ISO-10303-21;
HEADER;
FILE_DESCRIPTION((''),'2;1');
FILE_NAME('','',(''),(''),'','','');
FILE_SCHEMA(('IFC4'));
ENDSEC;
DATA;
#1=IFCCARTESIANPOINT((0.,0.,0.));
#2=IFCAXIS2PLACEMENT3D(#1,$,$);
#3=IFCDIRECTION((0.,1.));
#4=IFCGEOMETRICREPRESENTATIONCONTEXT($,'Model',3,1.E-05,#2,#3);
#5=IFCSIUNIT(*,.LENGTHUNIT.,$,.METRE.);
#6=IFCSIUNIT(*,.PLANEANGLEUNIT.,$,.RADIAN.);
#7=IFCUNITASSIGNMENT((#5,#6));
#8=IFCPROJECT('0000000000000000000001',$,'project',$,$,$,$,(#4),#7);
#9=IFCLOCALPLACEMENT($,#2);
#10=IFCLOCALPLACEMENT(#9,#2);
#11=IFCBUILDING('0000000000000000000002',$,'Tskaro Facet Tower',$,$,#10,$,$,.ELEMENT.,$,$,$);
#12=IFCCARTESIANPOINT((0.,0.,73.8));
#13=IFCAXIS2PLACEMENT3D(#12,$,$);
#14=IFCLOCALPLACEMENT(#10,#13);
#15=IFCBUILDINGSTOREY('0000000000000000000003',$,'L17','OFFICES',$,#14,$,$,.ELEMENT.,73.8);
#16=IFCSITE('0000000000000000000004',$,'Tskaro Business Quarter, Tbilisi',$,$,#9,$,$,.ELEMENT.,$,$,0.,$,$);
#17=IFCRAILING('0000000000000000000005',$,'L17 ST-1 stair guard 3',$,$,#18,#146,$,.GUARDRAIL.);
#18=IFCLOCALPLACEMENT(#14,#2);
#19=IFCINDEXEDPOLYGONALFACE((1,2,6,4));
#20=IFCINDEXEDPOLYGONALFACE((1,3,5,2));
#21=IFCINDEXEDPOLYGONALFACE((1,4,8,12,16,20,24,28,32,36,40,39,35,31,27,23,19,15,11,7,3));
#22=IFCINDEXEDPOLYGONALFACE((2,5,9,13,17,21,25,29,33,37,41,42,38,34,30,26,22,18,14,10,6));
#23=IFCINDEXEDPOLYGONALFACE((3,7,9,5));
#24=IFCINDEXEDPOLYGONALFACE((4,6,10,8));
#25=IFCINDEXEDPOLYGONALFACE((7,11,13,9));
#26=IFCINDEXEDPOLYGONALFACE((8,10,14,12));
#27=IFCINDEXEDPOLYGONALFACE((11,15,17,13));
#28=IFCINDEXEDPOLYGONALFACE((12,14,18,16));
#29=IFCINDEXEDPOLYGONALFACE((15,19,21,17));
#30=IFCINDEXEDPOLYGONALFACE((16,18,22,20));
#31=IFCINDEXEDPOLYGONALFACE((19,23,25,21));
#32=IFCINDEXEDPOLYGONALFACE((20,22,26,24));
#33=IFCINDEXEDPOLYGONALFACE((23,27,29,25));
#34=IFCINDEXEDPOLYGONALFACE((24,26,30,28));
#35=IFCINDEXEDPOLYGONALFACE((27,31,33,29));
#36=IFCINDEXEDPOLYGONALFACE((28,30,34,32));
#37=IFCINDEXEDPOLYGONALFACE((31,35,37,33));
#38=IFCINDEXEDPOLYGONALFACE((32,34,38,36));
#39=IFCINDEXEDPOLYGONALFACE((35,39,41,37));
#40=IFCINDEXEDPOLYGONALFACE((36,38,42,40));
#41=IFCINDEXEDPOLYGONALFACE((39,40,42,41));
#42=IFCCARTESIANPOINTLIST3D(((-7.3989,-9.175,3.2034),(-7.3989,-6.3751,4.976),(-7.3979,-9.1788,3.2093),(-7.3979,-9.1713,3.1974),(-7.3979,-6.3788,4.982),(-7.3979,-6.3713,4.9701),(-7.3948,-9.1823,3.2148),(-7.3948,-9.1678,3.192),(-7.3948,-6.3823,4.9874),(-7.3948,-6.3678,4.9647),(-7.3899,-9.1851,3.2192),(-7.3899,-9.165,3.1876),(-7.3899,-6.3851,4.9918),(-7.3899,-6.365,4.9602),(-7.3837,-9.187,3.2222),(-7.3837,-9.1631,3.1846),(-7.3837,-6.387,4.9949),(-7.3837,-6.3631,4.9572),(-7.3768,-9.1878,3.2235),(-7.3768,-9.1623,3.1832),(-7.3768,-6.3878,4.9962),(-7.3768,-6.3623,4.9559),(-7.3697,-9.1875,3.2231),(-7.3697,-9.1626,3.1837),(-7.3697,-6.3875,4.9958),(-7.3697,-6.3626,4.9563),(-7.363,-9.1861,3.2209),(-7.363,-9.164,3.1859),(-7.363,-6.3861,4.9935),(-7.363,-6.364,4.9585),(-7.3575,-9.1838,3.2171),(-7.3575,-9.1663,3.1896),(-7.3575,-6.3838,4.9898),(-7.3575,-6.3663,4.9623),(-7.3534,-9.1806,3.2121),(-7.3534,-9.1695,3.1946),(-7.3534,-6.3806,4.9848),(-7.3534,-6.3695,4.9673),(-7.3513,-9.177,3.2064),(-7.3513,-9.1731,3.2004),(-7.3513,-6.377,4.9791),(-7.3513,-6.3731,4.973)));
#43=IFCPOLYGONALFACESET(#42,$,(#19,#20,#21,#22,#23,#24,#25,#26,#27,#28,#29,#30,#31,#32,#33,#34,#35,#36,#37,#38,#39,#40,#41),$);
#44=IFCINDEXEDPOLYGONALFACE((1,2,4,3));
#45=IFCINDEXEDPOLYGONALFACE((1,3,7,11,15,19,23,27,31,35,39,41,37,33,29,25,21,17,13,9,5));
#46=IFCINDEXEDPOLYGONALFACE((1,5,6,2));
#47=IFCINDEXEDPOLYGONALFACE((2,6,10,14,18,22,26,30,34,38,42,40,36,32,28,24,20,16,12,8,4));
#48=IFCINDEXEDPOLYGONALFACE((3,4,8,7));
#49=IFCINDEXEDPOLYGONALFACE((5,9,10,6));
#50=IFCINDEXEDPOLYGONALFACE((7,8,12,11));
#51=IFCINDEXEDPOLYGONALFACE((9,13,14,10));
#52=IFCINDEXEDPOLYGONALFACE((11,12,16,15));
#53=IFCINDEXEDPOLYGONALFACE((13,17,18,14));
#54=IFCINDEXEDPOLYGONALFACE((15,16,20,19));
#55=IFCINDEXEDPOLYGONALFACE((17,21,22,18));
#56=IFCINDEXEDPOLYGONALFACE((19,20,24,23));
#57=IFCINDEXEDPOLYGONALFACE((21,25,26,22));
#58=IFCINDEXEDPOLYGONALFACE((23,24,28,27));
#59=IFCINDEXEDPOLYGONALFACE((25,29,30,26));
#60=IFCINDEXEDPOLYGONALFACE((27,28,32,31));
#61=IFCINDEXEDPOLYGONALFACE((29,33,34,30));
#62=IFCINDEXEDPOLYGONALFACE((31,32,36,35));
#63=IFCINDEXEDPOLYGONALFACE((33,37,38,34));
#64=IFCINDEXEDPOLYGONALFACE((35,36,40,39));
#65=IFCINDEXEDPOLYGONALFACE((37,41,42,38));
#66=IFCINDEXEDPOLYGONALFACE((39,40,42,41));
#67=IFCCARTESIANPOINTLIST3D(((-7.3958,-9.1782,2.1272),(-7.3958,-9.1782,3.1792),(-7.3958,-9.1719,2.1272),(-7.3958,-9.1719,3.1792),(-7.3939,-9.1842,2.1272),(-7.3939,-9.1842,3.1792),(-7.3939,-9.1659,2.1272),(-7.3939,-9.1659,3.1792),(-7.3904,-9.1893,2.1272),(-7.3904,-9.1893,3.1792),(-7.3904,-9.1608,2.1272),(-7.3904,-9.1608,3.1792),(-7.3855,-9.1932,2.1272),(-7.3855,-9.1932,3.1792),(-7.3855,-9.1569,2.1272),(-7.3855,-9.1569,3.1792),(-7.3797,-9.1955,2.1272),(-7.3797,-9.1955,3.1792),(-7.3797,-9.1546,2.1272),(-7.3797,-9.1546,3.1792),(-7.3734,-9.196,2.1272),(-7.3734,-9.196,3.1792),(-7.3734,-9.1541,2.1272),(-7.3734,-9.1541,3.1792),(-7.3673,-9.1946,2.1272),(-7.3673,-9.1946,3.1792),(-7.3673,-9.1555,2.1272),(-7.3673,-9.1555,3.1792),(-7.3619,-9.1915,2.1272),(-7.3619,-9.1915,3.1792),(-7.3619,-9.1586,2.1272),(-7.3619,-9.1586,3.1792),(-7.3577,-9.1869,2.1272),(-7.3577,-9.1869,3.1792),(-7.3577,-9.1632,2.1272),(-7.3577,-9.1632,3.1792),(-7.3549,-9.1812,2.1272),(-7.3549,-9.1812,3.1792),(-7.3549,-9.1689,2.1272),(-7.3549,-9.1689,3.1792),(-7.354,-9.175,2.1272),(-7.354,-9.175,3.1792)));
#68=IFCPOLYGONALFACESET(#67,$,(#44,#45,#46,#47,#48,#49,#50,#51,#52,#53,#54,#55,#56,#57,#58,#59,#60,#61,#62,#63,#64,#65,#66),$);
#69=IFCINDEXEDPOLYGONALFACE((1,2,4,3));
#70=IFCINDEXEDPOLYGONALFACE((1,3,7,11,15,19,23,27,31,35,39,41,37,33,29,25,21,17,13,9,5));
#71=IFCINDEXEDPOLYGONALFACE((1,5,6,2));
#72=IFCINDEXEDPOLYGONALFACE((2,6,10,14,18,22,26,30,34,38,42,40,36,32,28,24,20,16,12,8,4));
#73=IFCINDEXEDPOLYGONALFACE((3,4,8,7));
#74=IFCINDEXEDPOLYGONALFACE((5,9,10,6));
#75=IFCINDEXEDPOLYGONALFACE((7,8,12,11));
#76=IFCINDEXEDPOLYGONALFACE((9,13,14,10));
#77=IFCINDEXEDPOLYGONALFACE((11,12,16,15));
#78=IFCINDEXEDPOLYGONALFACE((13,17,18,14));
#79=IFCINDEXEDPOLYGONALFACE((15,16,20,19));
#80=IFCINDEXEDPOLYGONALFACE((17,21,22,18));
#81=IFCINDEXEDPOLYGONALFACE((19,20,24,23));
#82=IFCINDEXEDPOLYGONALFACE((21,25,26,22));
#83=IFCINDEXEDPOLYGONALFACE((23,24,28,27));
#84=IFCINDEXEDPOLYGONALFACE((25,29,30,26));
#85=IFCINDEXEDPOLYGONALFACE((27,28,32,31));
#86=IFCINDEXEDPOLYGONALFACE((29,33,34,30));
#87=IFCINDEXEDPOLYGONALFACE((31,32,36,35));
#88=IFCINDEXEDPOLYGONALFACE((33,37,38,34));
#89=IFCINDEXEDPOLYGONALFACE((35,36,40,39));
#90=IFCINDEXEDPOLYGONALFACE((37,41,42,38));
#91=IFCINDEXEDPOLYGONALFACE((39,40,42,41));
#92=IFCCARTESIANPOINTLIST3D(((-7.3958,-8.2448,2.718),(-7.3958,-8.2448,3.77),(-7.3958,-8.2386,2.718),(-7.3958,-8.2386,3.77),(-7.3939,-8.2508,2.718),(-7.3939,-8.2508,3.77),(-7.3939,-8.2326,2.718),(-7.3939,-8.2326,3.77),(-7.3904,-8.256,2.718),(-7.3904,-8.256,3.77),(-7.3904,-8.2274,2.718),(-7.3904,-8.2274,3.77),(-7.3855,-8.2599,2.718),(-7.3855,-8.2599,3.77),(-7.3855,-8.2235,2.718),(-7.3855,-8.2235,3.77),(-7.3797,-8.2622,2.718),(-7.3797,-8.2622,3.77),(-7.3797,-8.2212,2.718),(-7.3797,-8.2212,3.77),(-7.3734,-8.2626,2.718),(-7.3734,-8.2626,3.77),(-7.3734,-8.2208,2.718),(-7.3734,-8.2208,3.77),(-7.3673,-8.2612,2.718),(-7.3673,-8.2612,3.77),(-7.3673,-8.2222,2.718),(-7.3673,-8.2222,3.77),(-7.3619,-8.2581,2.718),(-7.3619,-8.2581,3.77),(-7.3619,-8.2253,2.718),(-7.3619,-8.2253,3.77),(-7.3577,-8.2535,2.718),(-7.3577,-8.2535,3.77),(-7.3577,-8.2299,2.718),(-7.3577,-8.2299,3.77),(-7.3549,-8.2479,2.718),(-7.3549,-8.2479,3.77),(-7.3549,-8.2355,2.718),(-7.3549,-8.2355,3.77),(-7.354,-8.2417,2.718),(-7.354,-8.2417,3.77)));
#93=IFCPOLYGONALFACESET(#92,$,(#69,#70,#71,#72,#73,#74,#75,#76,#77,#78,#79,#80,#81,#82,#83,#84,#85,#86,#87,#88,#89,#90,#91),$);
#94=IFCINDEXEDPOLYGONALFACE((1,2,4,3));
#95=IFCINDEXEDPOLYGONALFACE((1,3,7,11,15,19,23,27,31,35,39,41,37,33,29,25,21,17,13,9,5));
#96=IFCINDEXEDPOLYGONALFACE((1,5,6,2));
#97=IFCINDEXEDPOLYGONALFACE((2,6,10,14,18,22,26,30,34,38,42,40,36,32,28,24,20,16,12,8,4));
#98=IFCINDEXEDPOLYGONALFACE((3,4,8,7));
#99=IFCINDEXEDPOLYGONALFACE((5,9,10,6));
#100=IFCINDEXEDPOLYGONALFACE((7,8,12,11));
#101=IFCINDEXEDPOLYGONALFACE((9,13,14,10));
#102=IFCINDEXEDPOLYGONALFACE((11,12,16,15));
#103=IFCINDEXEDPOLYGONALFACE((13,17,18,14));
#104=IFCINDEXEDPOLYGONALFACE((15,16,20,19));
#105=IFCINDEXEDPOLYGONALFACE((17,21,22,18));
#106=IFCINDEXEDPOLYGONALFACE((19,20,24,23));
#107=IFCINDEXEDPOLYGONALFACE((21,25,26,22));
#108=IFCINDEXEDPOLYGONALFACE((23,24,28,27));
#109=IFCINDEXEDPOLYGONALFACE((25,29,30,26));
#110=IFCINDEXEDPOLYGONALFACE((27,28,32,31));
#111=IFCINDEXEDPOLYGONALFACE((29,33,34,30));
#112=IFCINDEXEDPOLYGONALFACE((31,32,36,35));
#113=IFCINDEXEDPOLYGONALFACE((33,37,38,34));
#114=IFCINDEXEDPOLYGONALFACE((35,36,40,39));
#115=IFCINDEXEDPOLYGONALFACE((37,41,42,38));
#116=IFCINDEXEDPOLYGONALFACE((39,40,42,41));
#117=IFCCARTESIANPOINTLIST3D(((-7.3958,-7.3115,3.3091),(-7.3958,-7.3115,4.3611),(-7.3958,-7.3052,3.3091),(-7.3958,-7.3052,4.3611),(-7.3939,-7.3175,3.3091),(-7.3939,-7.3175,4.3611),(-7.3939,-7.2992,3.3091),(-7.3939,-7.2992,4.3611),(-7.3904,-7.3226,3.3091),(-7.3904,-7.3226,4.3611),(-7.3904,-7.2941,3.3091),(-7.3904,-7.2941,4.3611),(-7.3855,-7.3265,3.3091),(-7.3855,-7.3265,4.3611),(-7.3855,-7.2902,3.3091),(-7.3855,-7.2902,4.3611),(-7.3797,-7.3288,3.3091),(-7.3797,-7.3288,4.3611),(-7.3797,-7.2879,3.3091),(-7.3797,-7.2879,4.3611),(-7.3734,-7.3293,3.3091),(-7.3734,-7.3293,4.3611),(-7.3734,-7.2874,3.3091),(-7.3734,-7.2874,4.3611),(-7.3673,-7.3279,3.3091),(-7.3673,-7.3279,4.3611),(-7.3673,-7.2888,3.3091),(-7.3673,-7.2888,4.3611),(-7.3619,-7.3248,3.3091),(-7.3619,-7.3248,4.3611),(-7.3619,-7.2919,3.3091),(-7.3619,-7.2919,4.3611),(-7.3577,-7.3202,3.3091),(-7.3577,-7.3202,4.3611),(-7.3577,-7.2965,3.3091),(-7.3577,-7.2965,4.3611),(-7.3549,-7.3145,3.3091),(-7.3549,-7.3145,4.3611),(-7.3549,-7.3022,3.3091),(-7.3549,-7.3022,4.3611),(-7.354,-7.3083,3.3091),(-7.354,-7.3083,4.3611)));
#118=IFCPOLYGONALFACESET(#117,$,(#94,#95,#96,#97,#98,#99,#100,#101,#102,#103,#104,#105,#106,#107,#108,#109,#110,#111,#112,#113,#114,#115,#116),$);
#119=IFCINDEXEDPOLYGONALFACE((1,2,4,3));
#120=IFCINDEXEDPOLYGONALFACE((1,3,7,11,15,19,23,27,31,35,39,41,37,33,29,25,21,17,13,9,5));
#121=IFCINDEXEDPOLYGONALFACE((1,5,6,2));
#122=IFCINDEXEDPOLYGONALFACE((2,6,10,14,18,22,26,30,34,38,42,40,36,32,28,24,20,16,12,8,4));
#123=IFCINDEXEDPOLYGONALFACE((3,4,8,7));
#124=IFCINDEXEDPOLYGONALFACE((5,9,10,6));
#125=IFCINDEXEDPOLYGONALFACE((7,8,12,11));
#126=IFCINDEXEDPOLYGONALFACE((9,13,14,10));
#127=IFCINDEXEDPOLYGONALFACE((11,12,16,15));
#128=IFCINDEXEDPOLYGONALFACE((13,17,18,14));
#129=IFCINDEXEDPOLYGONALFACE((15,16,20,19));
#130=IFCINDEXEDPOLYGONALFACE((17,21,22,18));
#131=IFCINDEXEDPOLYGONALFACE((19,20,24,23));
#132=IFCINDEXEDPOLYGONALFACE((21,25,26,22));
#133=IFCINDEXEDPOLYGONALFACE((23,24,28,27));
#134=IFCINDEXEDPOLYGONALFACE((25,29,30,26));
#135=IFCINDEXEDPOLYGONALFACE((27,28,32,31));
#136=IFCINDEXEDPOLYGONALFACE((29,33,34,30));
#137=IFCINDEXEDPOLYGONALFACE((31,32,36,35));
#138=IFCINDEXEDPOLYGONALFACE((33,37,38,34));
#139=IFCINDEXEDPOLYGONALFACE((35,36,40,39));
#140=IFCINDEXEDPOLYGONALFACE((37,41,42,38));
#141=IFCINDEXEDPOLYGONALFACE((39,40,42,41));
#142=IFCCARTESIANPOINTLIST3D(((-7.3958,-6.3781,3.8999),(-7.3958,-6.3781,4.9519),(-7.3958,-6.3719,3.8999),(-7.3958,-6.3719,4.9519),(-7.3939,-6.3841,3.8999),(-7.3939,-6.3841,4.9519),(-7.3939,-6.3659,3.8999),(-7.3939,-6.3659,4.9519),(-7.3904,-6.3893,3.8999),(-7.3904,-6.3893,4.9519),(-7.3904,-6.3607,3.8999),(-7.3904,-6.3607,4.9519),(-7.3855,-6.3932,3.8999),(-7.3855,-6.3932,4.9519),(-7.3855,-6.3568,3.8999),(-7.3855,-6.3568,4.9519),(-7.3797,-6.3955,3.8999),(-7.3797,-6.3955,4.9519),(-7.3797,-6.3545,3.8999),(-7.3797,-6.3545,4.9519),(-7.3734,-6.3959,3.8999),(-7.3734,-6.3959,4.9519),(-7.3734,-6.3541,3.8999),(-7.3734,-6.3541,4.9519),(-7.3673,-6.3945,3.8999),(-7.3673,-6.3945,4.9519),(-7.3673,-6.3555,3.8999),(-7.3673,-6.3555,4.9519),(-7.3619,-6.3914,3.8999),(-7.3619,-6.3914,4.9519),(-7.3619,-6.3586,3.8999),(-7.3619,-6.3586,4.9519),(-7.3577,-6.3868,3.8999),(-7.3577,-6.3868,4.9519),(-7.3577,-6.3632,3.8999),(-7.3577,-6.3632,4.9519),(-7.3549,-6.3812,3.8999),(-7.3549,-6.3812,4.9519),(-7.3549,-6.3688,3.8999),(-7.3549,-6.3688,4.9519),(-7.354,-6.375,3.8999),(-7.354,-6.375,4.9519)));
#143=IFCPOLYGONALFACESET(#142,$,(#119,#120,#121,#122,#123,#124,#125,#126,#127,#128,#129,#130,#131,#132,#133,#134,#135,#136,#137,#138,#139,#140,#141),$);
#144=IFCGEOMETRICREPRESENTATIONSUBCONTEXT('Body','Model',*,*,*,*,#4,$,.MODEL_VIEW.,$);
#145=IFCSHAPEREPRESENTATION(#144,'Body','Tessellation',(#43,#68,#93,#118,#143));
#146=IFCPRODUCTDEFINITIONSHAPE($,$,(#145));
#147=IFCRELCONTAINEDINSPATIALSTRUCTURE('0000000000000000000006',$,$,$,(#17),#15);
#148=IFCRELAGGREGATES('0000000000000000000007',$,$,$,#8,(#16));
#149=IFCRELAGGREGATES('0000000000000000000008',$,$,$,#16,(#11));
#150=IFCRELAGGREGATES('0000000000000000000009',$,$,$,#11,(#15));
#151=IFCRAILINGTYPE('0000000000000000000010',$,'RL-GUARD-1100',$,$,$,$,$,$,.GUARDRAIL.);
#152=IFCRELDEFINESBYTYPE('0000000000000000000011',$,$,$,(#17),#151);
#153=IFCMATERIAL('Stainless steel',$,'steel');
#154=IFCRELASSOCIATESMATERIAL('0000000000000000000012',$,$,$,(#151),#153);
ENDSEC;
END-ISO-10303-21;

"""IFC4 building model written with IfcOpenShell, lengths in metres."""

from ifc_helpers import new_model, si_unit, direction, frame, origin, origin_2d, place, context, subcontext, project, spatial, circle, extrude, material, type_object, element, save


model = new_model("IFC4")

# Units and contexts
model_context = context("Model", 3, precision=1e-05, world=origin(), true_north=direction((0.0, 1.0)))
body_context = subcontext(model_context, "Body", "Model", "MODEL_VIEW")
ifc_project = project(units=[si_unit("LENGTHUNIT", "METRE"), si_unit("PLANEANGLEUNIT", "RADIAN")], contexts=[model_context])

# Site, building, storey
site_placement = place(None, origin())
site = spatial("IfcSite", under=ifc_project, at=site_placement, Name="Tskaro Business Quarter, Tbilisi", CompositionType="ELEMENT", RefElevation=0.0)
building_placement = place(site_placement, origin())
building = spatial("IfcBuilding", under=site, at=building_placement, Name="Tskaro Facet Tower", CompositionType="ELEMENT")
storey_placement = place(building_placement, frame((0.0, 0.0, 73.8)))
storey = spatial("IfcBuildingStorey", under=building, at=storey_placement, Name="L17", Description="OFFICES", CompositionType="ELEMENT", Elevation=73.8)

# Shared definitions
ifc_material_1 = material(Name="Stainless steel", Category="steel")

# Railing
railing_type_1 = type_object("IfcRailingType", Name="RL-GUARD-1100", PredefinedType="GUARDRAIL", material=ifc_material_1)
railing_1_placement = place(storey_placement, frame((-7.375, -9.175, 2.1272)))
element("IfcRailing", 1, at=railing_1_placement, inside=storey, type_object=railing_type_1, Name="L17 ST-1 stair guard 3", PredefinedType="GUARDRAIL", context=body_context, shape_type="SweptSolid", body=[
    extrude(circle(Radius=0.0239, at=origin_2d()), frame((0.0, 0.0, 1.0762), z_axis=(0.0, 0.844909, 0.53491), x_axis=(-1.0, 0.0, 0.0)), (0.0, 0.0, 1.0), 3.314),
    extrude(circle(Radius=0.021, at=origin_2d()), origin(), (0.0, 0.0, 1.0), 1.052),
    extrude(circle(Radius=0.021, at=origin_2d()), frame((0.0, 0.9333, 0.5908)), (0.0, 0.0, 1.0), 1.052),
    extrude(circle(Radius=0.021, at=origin_2d()), frame((0.0, 1.8667, 1.1819)), (0.0, 0.0, 1.0), 1.052),
    extrude(circle(Radius=0.021, at=origin_2d()), frame((0.0, 2.8, 1.7727)), (0.0, 0.0, 1.0), 1.052),
])

save(model, "model.ifc")
